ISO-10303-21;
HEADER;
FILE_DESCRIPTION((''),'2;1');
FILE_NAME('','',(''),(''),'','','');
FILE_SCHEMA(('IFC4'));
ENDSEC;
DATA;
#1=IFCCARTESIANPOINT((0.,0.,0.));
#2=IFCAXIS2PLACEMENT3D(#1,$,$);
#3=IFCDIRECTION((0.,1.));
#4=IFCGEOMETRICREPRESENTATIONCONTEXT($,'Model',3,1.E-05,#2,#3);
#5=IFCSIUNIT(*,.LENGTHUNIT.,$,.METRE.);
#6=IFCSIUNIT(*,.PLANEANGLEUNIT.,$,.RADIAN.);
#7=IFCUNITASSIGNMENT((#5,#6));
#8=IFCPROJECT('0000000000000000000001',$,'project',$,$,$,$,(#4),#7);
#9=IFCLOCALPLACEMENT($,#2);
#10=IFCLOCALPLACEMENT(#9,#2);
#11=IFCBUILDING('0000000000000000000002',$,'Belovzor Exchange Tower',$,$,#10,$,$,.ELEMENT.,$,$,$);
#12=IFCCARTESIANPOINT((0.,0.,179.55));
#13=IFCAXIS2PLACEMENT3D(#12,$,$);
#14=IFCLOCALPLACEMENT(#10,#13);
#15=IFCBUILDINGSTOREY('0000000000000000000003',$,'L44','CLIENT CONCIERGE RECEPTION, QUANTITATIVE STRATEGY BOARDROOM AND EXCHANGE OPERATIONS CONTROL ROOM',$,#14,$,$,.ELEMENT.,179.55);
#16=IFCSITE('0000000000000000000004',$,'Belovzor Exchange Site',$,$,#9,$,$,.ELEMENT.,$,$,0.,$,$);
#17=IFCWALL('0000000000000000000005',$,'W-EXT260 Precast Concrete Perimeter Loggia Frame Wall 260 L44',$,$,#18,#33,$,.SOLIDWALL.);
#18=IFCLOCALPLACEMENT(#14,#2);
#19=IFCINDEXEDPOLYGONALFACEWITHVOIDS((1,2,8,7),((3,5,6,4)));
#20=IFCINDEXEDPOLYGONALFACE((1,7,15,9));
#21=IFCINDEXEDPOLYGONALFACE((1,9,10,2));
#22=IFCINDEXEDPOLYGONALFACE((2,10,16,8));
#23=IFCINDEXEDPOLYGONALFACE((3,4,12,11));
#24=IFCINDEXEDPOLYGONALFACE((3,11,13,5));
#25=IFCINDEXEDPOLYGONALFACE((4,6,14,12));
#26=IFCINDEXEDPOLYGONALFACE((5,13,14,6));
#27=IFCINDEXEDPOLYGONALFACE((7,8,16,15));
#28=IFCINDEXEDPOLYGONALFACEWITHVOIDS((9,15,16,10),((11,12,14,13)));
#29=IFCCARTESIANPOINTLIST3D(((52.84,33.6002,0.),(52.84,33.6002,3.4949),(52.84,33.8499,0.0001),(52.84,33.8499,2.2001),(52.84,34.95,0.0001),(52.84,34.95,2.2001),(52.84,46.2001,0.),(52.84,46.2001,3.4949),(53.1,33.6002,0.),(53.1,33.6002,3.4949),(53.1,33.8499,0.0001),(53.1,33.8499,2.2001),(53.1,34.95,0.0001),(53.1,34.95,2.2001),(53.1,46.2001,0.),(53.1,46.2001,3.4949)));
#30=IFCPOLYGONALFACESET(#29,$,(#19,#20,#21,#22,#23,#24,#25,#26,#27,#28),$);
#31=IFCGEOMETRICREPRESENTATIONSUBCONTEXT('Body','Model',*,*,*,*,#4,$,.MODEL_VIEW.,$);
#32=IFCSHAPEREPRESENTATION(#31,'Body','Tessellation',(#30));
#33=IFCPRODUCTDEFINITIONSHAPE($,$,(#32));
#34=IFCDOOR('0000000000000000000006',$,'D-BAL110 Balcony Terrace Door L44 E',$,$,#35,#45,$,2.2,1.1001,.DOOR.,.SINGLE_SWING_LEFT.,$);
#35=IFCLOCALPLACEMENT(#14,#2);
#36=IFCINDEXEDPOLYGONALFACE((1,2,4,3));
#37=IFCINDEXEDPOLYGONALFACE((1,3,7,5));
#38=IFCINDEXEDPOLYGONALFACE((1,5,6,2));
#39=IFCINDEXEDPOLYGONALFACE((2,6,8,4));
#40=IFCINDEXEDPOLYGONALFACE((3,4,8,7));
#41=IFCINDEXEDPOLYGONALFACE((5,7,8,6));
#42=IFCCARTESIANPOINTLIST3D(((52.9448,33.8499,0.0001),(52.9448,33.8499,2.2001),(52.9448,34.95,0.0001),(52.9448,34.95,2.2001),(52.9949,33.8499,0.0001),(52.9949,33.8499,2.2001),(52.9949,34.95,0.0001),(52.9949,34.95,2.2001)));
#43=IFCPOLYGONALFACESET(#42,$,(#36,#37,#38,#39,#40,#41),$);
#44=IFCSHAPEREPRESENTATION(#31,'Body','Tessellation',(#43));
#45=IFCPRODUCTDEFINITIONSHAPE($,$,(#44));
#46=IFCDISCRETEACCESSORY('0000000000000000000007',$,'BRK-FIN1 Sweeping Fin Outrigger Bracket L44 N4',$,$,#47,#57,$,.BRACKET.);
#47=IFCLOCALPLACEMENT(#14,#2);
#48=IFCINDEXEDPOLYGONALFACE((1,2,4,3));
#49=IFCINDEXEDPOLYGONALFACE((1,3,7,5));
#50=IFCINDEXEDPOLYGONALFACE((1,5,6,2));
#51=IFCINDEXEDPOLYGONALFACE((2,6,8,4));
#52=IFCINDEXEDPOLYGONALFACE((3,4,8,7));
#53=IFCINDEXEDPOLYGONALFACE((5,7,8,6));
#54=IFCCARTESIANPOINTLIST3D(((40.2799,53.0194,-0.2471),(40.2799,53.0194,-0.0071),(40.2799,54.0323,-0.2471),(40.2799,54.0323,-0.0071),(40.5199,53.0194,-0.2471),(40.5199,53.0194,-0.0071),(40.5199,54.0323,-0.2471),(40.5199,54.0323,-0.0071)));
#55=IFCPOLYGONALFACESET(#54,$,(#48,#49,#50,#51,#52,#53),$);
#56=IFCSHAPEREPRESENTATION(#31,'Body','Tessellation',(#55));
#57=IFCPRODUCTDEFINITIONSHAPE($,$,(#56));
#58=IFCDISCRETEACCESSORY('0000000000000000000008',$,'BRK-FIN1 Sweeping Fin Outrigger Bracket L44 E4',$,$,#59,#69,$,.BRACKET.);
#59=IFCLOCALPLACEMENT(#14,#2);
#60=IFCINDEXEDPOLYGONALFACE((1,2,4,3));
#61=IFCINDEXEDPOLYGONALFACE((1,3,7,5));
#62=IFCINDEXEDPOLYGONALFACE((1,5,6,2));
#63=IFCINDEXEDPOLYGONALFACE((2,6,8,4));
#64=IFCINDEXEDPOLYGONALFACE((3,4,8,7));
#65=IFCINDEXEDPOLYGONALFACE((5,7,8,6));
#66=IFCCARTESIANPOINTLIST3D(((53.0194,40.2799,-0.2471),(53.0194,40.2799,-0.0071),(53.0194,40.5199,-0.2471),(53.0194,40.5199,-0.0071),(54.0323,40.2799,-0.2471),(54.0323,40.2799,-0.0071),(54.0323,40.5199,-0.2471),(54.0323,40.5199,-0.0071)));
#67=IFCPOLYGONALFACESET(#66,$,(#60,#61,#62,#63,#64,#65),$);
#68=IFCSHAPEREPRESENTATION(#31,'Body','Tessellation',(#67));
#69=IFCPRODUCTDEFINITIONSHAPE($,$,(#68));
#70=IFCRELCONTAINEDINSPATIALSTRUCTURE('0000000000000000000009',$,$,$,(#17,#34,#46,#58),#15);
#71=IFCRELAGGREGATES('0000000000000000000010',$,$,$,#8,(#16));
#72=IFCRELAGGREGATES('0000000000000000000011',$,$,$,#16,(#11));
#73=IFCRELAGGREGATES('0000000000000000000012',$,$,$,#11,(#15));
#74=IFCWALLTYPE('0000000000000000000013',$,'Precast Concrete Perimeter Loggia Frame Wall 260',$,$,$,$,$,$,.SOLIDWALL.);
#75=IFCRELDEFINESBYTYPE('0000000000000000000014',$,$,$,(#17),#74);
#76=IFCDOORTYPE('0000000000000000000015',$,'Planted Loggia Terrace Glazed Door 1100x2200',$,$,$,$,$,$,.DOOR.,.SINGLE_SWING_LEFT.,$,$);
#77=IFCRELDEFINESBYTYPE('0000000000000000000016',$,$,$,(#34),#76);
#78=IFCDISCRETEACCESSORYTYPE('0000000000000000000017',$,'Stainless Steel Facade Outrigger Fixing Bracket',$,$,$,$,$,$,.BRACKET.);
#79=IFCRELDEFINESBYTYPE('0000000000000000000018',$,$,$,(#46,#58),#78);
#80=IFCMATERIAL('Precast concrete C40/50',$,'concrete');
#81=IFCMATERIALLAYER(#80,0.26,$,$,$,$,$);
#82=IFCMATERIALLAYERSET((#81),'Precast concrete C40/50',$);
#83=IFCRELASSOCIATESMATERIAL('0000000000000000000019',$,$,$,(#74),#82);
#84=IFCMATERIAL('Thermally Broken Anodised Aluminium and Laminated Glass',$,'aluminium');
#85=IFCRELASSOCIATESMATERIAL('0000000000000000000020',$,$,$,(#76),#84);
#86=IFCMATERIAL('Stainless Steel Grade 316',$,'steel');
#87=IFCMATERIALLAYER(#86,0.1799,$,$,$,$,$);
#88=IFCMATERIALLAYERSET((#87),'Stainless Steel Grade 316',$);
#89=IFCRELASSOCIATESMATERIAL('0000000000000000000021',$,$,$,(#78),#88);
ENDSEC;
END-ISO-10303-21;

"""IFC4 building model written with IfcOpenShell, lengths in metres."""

from ifc_helpers import new_model, si_unit, direction, frame, frame_2d, origin, origin_2d, place, context, subcontext, project, spatial, rectangle, extrude, material, layer, layer_set, type_object, element, fill, save


model = new_model("IFC4")

# Units and contexts
model_context = context("Model", 3, precision=1e-05, world=origin(), true_north=direction((0.0, 1.0)))
body_context = subcontext(model_context, "Body", "Model", "MODEL_VIEW")
ifc_project = project(units=[si_unit("LENGTHUNIT", "METRE"), si_unit("PLANEANGLEUNIT", "RADIAN")], contexts=[model_context])

# Site, building, storey
site_placement = place(None, origin())
site = spatial("IfcSite", under=ifc_project, at=site_placement, Name="Belovzor Exchange Site", CompositionType="ELEMENT", RefElevation=0.0)
building_placement = place(site_placement, origin())
building = spatial("IfcBuilding", under=site, at=building_placement, Name="Belovzor Exchange Tower", CompositionType="ELEMENT")
storey_placement = place(building_placement, frame((0.0, 0.0, 179.55)))
storey = spatial("IfcBuildingStorey", under=building, at=storey_placement, Name="L44", Description="CLIENT CONCIERGE RECEPTION, QUANTITATIVE STRATEGY BOARDROOM AND EXCHANGE OPERATIONS CONTROL ROOM", CompositionType="ELEMENT", Elevation=179.55)

# Wall, opening, door
ifc_material_1 = material(Name="Precast concrete C40/50", Category="concrete")
ifc_layer_1 = layer(ifc_material_1, 0.26)
ifc_layer_set_1 = layer_set([ifc_layer_1], Name="Precast concrete C40/50")
wall_type_1 = type_object("IfcWallType", Name="Precast Concrete Perimeter Loggia Frame Wall 260", PredefinedType="SOLIDWALL", material=ifc_layer_set_1)
wall_1_placement = place(storey_placement, frame((52.97, 46.2, 0.0), z_axis=(0.0, 0.0, 1.0), x_axis=(0.0, -1.0, 0.0)))
wall_1 = element("IfcWall", 1, at=wall_1_placement, inside=storey, type_object=wall_type_1, Name="W-EXT260 Precast Concrete Perimeter Loggia Frame Wall 260 L44", PredefinedType="SOLIDWALL", context=body_context, shape_type="SweptSolid", body=[
    extrude(rectangle(XDim=12.5999, YDim=0.26, at=frame_2d((6.2998, 0.0))), origin(), (0.0, 0.0, 1.0), 3.4949),
])
opening_1_placement = place(wall_1_placement, frame((11.25, 0.0, 0.0)))
opening_1 = element("IfcOpeningElement", 2, at=opening_1_placement, cuts=wall_1, PredefinedType="OPENING", context=body_context, shape_type="SweptSolid", body=[
    extrude(rectangle(XDim=1.1001, YDim=2.2, at=frame_2d((0.55, 1.1001))), frame((0.0, 0.1399, 0.0), z_axis=(0.0, -1.0, 0.0), x_axis=(1.0, 0.0, 0.0)), (0.0, 0.0, 1.0), 0.28),
])
ifc_material_2 = material(Name="Thermally Broken Anodised Aluminium and Laminated Glass", Category="aluminium")
door_type_1 = type_object("IfcDoorType", Name="Planted Loggia Terrace Glazed Door 1100x2200", OperationType="SINGLE_SWING_LEFT", PredefinedType="DOOR", material=ifc_material_2)
door_1_placement = place(opening_1_placement, origin())
door_1 = element("IfcDoor", 3, at=door_1_placement, inside=storey, type_object=door_type_1, Name="D-BAL110 Balcony Terrace Door L44 E", OperationType="SINGLE_SWING_LEFT", OverallHeight=2.2, OverallWidth=1.1001, PredefinedType="DOOR", context=body_context, shape_type="SweptSolid", body=[
    extrude(rectangle(XDim=1.1001, YDim=2.2, at=frame_2d((0.55, 1.1001))), frame((0.0, 0.0249, 0.0), z_axis=(0.0, -1.0, 0.0), x_axis=(1.0, 0.0, 0.0)), (0.0, 0.0, 1.0), 0.05),
])
fill(opening_1, door_1)

# Discrete accessories
ifc_material_3 = material(Name="Stainless Steel Grade 316", Category="steel")
ifc_layer_2 = layer(ifc_material_3, 0.1799)
ifc_layer_set_2 = layer_set([ifc_layer_2], Name="Stainless Steel Grade 316")
discrete_accessory_type = type_object("IfcDiscreteAccessoryType", Name="Stainless Steel Facade Outrigger Fixing Bracket", PredefinedType="BRACKET", material=ifc_layer_set_2)
for number, where, z_axis, x_axis, name in (
    (4, (40.3999, 53.5259, -0.2471), (0.0, 0.0, 1.0), (0.0, 1.0, 0.0), "BRK-FIN1 Sweeping Fin Outrigger Bracket L44 N4"),
    (5, (53.5259, 40.3999, -0.2471), (0.0, 0.0, 1.0), (1.0, 0.0, 0.0), "BRK-FIN1 Sweeping Fin Outrigger Bracket L44 E4"),
):
    element("IfcDiscreteAccessory", number, at=place(storey_placement, frame(where, z_axis=z_axis, x_axis=x_axis)), inside=storey, type_object=discrete_accessory_type, Name=name, PredefinedType="BRACKET", context=body_context, shape_type="SweptSolid", body=[
        extrude(rectangle(XDim=1.0129, YDim=0.24, at=origin_2d()), origin(), (0.0, 0.0, 1.0), 0.24),
    ])

save(model, "model.ifc")
